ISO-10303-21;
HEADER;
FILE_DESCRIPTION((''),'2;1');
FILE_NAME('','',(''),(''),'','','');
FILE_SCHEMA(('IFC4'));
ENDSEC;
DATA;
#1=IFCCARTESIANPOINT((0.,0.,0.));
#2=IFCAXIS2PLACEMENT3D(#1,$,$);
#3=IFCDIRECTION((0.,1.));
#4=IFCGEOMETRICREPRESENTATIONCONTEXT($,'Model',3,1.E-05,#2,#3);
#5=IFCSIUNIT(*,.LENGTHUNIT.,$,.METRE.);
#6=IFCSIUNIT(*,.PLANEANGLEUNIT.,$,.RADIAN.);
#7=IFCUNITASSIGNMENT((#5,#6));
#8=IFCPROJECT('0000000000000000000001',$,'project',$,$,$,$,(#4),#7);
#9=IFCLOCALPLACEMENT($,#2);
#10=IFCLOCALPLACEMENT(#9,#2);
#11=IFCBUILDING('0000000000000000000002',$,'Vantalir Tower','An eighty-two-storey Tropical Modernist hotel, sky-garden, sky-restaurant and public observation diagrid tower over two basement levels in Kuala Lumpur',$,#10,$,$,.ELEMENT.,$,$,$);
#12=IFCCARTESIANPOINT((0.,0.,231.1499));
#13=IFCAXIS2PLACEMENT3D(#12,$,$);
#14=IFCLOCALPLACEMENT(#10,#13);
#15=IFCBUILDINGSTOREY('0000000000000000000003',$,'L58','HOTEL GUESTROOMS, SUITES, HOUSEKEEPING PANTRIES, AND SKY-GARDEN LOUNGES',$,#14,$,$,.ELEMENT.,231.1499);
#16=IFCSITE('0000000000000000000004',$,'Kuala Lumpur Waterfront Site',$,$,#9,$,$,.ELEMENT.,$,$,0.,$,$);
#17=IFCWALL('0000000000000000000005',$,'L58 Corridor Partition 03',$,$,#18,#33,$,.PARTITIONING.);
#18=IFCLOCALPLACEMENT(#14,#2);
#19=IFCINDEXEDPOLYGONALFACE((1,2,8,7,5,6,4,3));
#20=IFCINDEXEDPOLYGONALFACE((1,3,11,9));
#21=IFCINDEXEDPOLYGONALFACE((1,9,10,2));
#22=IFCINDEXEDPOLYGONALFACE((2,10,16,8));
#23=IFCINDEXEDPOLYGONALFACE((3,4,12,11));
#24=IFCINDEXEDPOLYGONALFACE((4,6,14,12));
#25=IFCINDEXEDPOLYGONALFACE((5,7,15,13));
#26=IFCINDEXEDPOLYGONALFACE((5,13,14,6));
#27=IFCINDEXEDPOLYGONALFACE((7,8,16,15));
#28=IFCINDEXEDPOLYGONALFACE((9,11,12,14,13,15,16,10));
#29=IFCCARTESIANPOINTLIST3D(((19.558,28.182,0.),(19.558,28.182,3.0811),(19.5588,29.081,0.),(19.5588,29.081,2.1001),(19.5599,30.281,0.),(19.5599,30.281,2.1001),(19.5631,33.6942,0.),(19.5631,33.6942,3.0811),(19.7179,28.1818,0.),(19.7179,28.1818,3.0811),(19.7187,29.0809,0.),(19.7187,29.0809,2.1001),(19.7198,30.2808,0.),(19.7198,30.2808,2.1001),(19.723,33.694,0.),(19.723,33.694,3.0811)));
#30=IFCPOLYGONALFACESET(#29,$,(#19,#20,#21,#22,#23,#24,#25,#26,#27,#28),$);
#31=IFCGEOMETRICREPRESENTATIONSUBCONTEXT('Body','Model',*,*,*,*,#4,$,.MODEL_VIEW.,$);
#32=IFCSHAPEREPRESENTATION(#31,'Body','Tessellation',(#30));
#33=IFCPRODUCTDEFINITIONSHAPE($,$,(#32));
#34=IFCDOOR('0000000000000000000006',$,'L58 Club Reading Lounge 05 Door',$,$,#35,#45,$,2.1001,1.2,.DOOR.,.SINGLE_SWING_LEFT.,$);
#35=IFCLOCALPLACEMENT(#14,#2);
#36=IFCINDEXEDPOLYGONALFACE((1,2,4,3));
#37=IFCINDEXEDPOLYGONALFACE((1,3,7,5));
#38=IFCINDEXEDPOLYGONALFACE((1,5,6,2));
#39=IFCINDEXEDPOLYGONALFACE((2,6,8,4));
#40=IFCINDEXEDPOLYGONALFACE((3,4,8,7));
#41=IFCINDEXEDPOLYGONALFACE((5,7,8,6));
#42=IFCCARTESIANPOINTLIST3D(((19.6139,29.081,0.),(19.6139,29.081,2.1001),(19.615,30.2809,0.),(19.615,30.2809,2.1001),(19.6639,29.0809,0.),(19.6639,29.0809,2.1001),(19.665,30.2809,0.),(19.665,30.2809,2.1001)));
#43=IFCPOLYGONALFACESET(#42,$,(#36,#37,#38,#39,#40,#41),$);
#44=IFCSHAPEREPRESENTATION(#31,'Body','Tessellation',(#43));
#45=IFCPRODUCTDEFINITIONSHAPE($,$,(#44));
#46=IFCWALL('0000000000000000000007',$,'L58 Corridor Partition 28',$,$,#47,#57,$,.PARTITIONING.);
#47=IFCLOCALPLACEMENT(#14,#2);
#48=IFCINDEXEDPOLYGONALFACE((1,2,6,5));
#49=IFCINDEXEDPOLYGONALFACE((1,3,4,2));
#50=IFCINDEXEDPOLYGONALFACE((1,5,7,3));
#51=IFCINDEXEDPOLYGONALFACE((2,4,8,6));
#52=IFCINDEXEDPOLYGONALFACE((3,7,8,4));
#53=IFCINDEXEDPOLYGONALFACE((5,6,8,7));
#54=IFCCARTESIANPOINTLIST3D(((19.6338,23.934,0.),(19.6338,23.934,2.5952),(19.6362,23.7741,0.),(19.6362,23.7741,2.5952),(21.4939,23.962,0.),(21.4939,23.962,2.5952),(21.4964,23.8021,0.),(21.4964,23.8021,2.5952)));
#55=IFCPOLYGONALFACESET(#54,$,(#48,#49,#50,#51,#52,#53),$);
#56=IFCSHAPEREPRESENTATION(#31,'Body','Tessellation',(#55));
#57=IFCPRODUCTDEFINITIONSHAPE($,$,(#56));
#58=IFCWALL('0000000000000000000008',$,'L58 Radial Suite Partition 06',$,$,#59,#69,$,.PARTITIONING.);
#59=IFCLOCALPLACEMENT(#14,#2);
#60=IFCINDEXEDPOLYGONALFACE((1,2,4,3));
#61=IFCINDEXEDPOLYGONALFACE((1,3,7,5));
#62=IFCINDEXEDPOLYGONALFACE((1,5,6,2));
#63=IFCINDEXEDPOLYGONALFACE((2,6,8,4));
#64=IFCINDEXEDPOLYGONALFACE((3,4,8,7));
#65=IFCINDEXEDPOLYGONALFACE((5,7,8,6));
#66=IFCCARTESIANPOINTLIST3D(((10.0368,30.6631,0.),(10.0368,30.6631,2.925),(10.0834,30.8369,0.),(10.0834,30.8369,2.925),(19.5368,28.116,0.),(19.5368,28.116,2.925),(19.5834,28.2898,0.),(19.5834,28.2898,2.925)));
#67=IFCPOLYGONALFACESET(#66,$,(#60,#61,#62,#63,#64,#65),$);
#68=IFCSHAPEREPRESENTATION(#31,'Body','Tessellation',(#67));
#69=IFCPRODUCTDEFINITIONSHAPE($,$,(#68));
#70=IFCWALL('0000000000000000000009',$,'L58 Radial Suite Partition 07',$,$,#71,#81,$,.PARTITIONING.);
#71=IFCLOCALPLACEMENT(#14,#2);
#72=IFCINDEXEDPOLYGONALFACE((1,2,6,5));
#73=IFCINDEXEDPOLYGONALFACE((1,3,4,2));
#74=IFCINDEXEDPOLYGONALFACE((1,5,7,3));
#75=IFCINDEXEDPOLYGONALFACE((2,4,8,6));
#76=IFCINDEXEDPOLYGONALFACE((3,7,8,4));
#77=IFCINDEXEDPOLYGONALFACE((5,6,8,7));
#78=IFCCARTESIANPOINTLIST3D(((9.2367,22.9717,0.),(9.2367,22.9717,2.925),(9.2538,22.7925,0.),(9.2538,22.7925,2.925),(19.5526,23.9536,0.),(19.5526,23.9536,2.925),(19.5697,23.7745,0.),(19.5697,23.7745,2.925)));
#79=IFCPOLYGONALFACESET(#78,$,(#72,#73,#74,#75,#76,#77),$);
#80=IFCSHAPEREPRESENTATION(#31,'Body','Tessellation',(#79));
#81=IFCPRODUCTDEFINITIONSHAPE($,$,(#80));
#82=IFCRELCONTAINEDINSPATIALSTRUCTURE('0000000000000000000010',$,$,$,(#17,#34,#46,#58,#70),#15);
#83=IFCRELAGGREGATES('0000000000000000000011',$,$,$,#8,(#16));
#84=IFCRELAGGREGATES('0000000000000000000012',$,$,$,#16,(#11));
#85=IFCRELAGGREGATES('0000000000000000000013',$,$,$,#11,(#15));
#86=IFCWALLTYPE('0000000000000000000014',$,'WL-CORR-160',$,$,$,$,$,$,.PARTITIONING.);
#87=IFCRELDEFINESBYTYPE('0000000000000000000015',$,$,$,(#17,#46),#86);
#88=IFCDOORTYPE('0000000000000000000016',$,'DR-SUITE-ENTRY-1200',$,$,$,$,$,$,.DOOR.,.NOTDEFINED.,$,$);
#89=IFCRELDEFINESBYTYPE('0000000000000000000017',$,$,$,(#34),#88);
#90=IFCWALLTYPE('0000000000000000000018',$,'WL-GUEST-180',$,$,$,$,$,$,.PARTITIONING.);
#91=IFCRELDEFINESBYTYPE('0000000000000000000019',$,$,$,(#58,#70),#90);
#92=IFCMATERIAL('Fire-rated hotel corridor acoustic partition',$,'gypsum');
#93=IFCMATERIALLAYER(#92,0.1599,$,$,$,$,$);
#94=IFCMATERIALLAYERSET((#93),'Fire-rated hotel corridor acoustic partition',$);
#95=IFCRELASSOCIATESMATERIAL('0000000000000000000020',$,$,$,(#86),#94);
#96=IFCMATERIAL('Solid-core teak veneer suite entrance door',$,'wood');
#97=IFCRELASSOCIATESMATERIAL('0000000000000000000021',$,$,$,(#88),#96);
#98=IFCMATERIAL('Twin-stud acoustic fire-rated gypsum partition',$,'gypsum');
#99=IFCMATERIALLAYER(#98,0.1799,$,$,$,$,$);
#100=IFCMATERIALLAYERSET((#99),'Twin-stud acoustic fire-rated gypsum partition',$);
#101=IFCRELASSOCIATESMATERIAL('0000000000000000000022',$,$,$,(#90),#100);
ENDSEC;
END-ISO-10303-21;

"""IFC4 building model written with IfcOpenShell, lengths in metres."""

from ifc_helpers import new_model, si_unit, direction, frame, frame_2d, origin, place, context, subcontext, project, spatial, rectangle, extrude, material, layer, layer_set, type_object, element, fill, save


model = new_model("IFC4")

# Units and contexts
model_context = context("Model", 3, precision=1e-05, world=origin(), true_north=direction((0.0, 1.0)))
body_context = subcontext(model_context, "Body", "Model", "MODEL_VIEW")
ifc_project = project(units=[si_unit("LENGTHUNIT", "METRE"), si_unit("PLANEANGLEUNIT", "RADIAN")], contexts=[model_context])

# Site, building, storey
site_placement = place(None, origin())
site = spatial("IfcSite", under=ifc_project, at=site_placement, Name="Kuala Lumpur Waterfront Site", CompositionType="ELEMENT", RefElevation=0.0)
building_placement = place(site_placement, origin())
building = spatial("IfcBuilding", under=site, at=building_placement, Name="Vantalir Tower", Description="An eighty-two-storey Tropical Modernist hotel, sky-garden, sky-restaurant and public observation diagrid tower over two basement levels in Kuala Lumpur", CompositionType="ELEMENT")
storey_placement = place(building_placement, frame((0.0, 0.0, 231.1499)))
storey = spatial("IfcBuildingStorey", under=building, at=storey_placement, Name="L58", Description="HOTEL GUESTROOMS, SUITES, HOUSEKEEPING PANTRIES, AND SKY-GARDEN LOUNGES", CompositionType="ELEMENT", Elevation=231.1499)

# Shared definitions
ifc_material_1 = material(Name="Fire-rated hotel corridor acoustic partition", Category="gypsum")
ifc_layer_1 = layer(ifc_material_1, 0.1599)
ifc_layer_set_1 = layer_set([ifc_layer_1], Name="Fire-rated hotel corridor acoustic partition")
wall_type_1 = type_object("IfcWallType", Name="WL-CORR-160", PredefinedType="PARTITIONING", material=ifc_layer_set_1)
ifc_material_2 = material(Name="Solid-core teak veneer suite entrance door", Category="wood")
door_type = type_object("IfcDoorType", Name="DR-SUITE-ENTRY-1200", OperationType="NOTDEFINED", PredefinedType="DOOR", material=ifc_material_2)

# Wall, opening, door
wall_1_placement = place(storey_placement, frame((19.6379, 28.1819, 0.0), z_axis=(0.0, 0.0, 1.0), x_axis=(0.00093, 1.0, 0.0)))
wall_1 = element("IfcWall", 1, at=wall_1_placement, inside=storey, type_object=wall_type_1, Name="L58 Corridor Partition 03", PredefinedType="PARTITIONING", context=body_context, shape_type="SweptSolid", body=[
    extrude(rectangle(XDim=5.5122, YDim=0.1599, at=frame_2d((2.7561, 0.0))), origin(), (0.0, 0.0, 1.0), 3.0811),
])
opening_1_placement = place(wall_1_placement, frame((0.8989, 0.0, 0.0)))
opening_1 = element("IfcOpeningElement", 2, at=opening_1_placement, cuts=wall_1, PredefinedType="OPENING", context=body_context, shape_type="SweptSolid", body=[
    extrude(rectangle(XDim=1.2, YDim=2.1001, at=frame_2d((0.6001, 1.05))), frame((0.0, 0.0898, 0.0), z_axis=(0.0, -1.0, 0.0), x_axis=(1.0, 0.0, 0.0)), (0.0, 0.0, 1.0), 0.1799),
])
door_1_placement = place(opening_1_placement, origin())
door_1 = element("IfcDoor", 3, at=door_1_placement, inside=storey, type_object=door_type, Name="L58 Club Reading Lounge 05 Door", OperationType="SINGLE_SWING_LEFT", OverallHeight=2.1001, OverallWidth=1.2, PredefinedType="DOOR", context=body_context, shape_type="SweptSolid", body=[
    extrude(rectangle(XDim=1.2, YDim=2.1001, at=frame_2d((0.6001, 1.05))), frame((0.0, 0.0249, 0.0), z_axis=(0.0, -1.0, 0.0), x_axis=(1.0, 0.0, 0.0)), (0.0, 0.0, 1.0), 0.05),
])
fill(opening_1, door_1)

# Walls
wall_2_placement = place(storey_placement, frame((19.635, 23.854, 0.0), z_axis=(0.0, 0.0, 1.0), x_axis=(0.999886, 0.015092, 0.0)))
element("IfcWall", 4, at=wall_2_placement, inside=storey, type_object=wall_type_1, Name="L58 Corridor Partition 28", PredefinedType="PARTITIONING", context=body_context, shape_type="SweptSolid", body=[
    extrude(rectangle(XDim=1.8604, YDim=0.1599, at=frame_2d((0.9302, 0.0))), origin(), (0.0, 0.0, 1.0), 2.5952),
])
ifc_material_3 = material(Name="Twin-stud acoustic fire-rated gypsum partition", Category="gypsum")
ifc_layer_2 = layer(ifc_material_3, 0.1799)
ifc_layer_set_2 = layer_set([ifc_layer_2], Name="Twin-stud acoustic fire-rated gypsum partition")
wall_type_2 = type_object("IfcWallType", Name="WL-GUEST-180", PredefinedType="PARTITIONING", material=ifc_layer_set_2)
wall_3_placement = place(storey_placement, frame((19.5601, 28.2029, 0.0), z_axis=(0.0, 0.0, 1.0), x_axis=(-0.965885, 0.258971, 0.0)))
element("IfcWall", 5, at=wall_3_placement, inside=storey, type_object=wall_type_2, Name="L58 Radial Suite Partition 06", PredefinedType="PARTITIONING", context=body_context, shape_type="SweptSolid", body=[
    extrude(rectangle(XDim=9.8354, YDim=0.1799, at=frame_2d((4.9177, 0.0))), origin(), (0.0, 0.0, 1.0), 2.925),
])
wall_4_placement = place(storey_placement, frame((19.561, 23.864, 0.0), z_axis=(0.0, 0.0, 1.0), x_axis=(-0.9955, -0.094758, 0.0)))
element("IfcWall", 6, at=wall_4_placement, inside=storey, type_object=wall_type_2, Name="L58 Radial Suite Partition 07", PredefinedType="PARTITIONING", context=body_context, shape_type="SweptSolid", body=[
    extrude(rectangle(XDim=10.3625, YDim=0.1799, at=frame_2d((5.1812, 0.0))), origin(), (0.0, 0.0, 1.0), 2.925),
])

save(model, "model.ifc")
